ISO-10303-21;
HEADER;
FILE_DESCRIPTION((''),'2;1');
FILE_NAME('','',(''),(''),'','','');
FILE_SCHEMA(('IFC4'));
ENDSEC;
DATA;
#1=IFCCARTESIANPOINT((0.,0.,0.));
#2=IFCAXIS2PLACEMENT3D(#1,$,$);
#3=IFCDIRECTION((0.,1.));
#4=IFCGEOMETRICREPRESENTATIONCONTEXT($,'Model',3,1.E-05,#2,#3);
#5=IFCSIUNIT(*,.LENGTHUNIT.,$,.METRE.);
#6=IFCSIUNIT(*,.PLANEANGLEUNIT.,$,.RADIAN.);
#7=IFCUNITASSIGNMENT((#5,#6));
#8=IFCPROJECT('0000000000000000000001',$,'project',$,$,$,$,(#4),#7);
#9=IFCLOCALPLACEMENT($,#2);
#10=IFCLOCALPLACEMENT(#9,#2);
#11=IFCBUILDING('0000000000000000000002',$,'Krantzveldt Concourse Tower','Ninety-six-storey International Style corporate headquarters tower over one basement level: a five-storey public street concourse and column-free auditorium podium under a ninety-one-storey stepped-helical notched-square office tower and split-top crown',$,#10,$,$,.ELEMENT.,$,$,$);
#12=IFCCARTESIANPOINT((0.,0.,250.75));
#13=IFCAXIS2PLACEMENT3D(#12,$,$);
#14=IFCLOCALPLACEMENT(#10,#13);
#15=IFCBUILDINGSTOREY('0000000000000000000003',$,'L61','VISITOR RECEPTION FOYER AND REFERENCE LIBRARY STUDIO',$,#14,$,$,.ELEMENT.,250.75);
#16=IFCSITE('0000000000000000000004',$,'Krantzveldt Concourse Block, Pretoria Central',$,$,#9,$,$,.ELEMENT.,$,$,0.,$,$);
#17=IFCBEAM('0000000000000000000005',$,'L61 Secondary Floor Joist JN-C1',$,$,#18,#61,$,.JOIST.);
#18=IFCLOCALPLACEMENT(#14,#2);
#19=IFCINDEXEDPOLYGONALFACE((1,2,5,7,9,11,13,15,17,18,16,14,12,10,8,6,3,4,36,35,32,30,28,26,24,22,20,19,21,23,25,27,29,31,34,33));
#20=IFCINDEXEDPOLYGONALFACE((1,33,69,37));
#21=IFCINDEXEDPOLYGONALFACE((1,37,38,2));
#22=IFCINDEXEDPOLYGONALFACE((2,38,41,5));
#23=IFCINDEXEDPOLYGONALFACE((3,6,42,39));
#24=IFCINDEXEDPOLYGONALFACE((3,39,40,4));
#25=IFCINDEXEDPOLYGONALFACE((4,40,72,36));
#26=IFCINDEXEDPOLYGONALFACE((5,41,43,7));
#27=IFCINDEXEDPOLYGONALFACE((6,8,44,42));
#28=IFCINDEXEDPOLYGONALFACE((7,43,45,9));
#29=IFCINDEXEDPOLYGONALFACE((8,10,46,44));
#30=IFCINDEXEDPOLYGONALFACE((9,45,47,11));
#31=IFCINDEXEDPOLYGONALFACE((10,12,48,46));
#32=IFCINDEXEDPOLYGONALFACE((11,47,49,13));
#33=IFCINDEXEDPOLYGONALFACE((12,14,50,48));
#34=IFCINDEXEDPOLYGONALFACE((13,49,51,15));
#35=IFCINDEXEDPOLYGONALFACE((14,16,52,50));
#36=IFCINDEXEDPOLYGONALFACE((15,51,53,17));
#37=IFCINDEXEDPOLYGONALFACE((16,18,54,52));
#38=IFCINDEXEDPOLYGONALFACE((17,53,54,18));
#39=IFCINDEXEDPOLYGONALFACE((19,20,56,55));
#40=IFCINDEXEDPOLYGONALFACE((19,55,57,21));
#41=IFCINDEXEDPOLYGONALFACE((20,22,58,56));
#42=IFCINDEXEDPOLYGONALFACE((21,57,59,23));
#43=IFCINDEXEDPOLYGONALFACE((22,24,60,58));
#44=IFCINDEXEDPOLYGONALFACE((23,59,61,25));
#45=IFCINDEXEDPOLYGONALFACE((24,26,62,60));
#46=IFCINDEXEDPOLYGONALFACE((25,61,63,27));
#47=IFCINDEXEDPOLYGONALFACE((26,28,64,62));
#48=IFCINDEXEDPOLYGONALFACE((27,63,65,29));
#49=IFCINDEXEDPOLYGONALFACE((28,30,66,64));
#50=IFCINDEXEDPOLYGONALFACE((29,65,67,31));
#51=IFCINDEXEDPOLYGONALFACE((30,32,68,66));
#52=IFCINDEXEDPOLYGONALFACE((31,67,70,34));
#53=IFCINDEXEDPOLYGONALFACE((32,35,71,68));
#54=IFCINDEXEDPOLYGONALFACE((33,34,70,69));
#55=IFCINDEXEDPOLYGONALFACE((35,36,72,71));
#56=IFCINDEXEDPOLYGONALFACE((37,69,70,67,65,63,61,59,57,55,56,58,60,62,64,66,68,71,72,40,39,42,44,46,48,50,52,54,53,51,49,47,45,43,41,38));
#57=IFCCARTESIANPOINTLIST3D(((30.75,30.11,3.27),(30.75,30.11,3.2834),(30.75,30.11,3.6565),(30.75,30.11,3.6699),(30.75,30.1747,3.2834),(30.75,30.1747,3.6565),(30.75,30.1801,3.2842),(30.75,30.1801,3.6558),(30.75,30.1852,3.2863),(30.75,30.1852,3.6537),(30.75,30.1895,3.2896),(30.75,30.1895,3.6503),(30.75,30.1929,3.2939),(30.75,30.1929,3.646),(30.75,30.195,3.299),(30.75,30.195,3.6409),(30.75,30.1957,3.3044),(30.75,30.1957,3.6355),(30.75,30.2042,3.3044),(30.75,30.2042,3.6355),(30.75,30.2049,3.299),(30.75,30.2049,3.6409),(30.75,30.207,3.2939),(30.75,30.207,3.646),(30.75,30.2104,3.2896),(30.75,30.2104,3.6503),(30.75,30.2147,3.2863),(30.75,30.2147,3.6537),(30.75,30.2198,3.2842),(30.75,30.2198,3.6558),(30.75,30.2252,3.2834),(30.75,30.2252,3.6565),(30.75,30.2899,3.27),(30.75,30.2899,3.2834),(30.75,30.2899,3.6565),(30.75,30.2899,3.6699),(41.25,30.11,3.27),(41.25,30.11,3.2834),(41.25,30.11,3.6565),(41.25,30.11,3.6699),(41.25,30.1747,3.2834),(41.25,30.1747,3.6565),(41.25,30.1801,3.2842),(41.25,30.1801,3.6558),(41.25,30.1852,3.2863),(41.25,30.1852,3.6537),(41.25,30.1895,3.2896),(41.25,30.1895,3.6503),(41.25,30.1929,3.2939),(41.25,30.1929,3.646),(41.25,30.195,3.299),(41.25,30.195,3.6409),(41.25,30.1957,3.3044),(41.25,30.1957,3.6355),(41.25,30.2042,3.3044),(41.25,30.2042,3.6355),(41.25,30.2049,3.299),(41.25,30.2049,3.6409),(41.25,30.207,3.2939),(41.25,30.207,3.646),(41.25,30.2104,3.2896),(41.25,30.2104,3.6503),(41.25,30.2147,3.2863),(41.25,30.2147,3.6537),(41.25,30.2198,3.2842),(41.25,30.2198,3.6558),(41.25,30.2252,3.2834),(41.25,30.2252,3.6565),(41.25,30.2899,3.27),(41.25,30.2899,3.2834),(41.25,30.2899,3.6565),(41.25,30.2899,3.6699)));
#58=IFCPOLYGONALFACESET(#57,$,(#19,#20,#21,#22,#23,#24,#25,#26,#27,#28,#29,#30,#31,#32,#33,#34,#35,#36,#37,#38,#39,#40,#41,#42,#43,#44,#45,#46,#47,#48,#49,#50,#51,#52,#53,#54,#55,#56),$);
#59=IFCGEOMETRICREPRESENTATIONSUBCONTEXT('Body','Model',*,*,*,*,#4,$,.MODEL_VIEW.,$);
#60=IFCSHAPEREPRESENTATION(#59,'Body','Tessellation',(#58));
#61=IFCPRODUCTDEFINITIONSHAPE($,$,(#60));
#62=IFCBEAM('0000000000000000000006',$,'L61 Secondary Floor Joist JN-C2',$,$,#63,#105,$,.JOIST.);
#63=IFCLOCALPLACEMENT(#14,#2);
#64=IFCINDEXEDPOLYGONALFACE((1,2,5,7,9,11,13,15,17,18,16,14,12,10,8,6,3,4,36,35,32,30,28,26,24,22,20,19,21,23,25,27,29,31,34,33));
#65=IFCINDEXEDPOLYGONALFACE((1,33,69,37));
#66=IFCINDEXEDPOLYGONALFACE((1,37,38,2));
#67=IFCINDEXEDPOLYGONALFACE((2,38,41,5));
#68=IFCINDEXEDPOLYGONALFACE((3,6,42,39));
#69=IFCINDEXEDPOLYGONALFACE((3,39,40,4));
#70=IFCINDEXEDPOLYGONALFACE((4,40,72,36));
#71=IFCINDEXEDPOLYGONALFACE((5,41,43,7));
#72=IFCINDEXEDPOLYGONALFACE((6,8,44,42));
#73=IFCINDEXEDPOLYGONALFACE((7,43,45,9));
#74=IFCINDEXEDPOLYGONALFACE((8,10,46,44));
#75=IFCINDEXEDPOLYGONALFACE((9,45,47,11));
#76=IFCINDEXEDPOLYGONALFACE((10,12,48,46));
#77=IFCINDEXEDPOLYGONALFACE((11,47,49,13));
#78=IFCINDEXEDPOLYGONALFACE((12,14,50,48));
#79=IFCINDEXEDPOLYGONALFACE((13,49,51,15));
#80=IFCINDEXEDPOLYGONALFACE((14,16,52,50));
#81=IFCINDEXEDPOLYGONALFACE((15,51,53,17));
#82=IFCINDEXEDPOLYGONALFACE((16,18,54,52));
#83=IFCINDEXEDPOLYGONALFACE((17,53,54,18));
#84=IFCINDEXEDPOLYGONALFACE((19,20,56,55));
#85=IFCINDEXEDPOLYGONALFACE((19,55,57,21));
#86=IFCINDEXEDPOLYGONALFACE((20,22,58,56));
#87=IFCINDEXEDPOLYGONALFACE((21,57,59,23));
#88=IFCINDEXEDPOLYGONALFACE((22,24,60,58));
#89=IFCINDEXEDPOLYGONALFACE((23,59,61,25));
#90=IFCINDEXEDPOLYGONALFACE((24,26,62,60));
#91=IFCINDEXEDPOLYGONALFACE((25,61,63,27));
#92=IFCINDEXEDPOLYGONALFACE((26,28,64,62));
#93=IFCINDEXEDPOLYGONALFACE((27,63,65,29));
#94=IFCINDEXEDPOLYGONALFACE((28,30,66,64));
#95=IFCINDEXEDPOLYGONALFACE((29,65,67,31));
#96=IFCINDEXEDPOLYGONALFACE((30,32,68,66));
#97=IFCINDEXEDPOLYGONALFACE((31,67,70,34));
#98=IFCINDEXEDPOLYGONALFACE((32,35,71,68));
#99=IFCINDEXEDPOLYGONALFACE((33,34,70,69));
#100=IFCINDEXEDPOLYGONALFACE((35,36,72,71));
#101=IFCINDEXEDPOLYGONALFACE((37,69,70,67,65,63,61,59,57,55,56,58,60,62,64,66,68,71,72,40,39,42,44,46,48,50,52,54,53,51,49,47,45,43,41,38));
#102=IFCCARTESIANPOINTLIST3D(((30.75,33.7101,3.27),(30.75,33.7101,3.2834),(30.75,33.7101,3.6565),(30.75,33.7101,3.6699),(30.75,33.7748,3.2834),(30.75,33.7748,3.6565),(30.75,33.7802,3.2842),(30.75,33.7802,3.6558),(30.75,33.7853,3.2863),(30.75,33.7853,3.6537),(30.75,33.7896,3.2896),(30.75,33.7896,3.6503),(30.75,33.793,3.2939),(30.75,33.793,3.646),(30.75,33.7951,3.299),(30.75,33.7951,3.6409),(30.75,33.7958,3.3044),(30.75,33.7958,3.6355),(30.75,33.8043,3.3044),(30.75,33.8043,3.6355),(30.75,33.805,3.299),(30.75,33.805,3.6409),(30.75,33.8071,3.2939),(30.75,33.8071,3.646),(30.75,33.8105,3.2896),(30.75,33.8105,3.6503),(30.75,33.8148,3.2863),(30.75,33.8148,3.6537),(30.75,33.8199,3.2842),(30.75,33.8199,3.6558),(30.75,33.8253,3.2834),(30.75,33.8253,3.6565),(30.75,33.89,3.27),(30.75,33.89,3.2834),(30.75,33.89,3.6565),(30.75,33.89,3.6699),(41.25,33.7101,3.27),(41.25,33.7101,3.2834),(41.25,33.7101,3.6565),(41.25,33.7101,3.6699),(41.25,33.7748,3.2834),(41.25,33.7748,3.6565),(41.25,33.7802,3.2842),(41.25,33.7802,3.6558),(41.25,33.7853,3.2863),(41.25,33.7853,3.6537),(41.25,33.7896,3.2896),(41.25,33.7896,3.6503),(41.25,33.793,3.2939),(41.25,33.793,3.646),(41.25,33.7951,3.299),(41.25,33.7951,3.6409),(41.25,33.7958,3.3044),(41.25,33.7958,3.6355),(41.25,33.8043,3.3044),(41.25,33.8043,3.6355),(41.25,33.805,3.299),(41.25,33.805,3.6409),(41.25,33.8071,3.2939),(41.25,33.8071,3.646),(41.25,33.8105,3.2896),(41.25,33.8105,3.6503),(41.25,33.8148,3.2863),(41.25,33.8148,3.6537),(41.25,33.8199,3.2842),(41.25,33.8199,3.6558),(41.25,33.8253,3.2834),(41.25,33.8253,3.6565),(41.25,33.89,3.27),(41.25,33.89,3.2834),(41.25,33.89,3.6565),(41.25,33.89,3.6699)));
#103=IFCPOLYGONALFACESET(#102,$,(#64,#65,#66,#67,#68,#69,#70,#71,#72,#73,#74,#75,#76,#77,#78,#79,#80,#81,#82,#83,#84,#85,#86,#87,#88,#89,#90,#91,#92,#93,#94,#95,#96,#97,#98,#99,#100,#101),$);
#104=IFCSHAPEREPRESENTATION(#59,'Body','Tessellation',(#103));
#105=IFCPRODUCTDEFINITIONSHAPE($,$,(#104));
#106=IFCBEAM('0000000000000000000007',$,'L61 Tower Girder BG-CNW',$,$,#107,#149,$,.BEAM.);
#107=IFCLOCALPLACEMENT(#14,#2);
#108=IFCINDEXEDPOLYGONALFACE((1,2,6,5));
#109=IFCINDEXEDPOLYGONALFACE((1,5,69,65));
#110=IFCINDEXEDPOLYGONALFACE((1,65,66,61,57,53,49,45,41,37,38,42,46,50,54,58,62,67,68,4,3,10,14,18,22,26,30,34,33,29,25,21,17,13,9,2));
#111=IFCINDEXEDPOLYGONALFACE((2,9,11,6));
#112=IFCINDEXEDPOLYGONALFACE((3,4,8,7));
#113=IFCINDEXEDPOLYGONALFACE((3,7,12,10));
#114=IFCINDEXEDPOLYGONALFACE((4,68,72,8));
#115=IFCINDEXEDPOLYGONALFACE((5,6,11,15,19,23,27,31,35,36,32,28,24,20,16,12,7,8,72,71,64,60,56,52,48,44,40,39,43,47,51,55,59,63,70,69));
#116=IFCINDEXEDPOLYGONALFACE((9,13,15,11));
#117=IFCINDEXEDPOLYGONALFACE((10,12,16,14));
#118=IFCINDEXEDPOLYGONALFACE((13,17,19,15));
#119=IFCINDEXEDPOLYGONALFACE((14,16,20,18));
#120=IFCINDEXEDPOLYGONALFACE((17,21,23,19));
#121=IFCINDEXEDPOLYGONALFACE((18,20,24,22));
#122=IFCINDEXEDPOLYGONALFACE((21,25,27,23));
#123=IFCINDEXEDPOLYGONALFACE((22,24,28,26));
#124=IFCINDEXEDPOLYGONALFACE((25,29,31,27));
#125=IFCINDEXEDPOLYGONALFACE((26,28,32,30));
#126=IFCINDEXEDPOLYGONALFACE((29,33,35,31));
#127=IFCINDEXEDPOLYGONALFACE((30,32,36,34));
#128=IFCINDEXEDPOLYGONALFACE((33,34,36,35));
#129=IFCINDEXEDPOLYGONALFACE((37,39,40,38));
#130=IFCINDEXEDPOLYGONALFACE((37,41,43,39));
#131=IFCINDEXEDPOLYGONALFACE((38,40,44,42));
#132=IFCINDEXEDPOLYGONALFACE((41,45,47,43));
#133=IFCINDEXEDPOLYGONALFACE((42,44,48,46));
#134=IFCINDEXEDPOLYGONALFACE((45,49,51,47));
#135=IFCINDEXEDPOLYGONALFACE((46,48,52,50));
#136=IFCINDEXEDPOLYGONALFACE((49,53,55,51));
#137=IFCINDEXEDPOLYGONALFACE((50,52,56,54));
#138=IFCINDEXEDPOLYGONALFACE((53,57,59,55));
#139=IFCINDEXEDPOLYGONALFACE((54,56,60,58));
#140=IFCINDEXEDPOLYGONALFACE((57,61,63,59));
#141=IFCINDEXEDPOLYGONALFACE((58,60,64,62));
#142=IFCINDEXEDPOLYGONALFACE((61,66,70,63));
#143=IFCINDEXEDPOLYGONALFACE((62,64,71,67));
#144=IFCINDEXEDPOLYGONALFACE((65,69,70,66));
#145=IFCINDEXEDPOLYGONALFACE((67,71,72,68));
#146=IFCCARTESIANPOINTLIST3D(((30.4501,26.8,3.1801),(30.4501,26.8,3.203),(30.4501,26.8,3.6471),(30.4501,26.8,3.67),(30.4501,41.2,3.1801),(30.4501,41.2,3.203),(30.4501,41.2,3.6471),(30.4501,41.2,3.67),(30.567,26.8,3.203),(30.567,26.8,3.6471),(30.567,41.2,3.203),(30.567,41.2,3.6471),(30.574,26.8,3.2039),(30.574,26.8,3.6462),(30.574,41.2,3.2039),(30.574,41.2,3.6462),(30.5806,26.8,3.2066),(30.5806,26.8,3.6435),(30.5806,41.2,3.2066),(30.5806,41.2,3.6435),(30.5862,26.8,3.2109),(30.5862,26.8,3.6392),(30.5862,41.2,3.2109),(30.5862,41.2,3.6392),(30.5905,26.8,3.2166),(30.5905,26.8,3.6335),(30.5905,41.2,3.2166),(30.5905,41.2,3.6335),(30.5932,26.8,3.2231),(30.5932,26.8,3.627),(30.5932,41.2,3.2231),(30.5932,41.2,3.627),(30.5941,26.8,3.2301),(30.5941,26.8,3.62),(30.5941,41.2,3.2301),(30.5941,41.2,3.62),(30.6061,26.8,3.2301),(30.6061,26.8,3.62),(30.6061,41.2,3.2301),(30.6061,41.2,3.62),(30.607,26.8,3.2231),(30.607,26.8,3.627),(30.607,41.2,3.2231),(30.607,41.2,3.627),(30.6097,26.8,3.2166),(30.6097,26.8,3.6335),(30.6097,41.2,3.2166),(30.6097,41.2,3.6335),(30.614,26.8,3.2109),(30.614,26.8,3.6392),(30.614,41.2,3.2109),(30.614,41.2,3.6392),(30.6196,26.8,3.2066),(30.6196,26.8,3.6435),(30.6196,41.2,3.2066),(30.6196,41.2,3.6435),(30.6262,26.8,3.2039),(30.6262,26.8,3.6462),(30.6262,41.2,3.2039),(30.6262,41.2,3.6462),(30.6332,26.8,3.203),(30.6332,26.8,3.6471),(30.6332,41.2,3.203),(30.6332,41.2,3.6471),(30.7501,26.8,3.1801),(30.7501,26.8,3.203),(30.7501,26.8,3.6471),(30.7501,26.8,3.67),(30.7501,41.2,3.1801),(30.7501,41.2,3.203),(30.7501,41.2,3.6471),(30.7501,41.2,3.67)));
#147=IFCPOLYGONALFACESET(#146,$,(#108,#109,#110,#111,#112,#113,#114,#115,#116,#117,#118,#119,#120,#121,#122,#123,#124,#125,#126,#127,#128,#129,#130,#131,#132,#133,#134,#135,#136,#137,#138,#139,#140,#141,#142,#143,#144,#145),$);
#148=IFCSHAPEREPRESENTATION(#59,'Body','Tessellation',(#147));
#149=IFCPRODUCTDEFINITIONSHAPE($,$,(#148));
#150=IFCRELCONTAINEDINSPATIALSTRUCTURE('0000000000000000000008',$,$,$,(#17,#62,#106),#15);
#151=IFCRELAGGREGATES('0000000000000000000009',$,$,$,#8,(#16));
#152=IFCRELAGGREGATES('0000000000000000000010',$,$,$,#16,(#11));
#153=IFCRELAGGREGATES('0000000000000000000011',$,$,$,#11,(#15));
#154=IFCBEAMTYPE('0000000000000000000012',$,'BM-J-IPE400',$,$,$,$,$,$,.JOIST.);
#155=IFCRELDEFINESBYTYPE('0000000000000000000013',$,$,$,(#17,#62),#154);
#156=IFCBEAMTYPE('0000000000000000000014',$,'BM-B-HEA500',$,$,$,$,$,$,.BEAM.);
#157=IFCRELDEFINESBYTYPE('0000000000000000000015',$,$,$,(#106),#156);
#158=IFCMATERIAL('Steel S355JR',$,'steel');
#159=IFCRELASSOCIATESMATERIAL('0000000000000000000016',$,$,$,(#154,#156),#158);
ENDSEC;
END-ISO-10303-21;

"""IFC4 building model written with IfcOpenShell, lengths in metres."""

from ifc_helpers import new_model, si_unit, direction, frame, origin, origin_2d, place, context, subcontext, project, spatial, i_section, extrude, source, transform, mapped, material, material_profile, profile_set, type_object, type_shapes, element, save


model = new_model("IFC4")

# Units and contexts
model_context = context("Model", 3, precision=1e-05, world=origin(), true_north=direction((0.0, 1.0)))
body_context = subcontext(model_context, "Body", "Model", "MODEL_VIEW")
ifc_project = project(units=[si_unit("LENGTHUNIT", "METRE"), si_unit("PLANEANGLEUNIT", "RADIAN")], contexts=[model_context])

# Site, building, storey
site_placement = place(None, origin())
site = spatial("IfcSite", under=ifc_project, at=site_placement, Name="Krantzveldt Concourse Block, Pretoria Central", CompositionType="ELEMENT", RefElevation=0.0)
building_placement = place(site_placement, origin())
building = spatial("IfcBuilding", under=site, at=building_placement, Name="Krantzveldt Concourse Tower", Description="Ninety-six-storey International Style corporate headquarters tower over one basement level: a five-storey public street concourse and column-free auditorium podium under a ninety-one-storey stepped-helical notched-square office tower and split-top crown", CompositionType="ELEMENT")
storey_placement = place(building_placement, frame((0.0, 0.0, 250.75)))
storey = spatial("IfcBuildingStorey", under=building, at=storey_placement, Name="L61", Description="VISITOR RECEPTION FOYER AND REFERENCE LIBRARY STUDIO", CompositionType="ELEMENT", Elevation=250.75)

# Beams
ifc_material_1 = material(Name="Steel S355JR", Category="steel")
ifc_material_profile_1 = material_profile(ifc_material_1, i_section(OverallWidth=0.1799, OverallDepth=0.3999, WebThickness=0.0085, FlangeThickness=0.0134, FilletRadius=0.021, at=origin_2d()), Name="Steel S355JR", Category="steel")
ifc_profile_set_1 = profile_set([ifc_material_profile_1], Name="Steel S355JR - IPE 400")
beam_type_1 = type_object("IfcBeamType", Name="BM-J-IPE400", PredefinedType="JOIST", material=ifc_profile_set_1)
shared_shape_1 = source(origin(), body_context, "Body", "SweptSolid", [
    extrude(i_section(OverallWidth=0.1799, OverallDepth=0.3999, WebThickness=0.0085, FlangeThickness=0.0134, FilletRadius=0.021, at=origin_2d()), origin(), (0.0, 0.0, 1.0), 10.5),
])
type_shapes(beam_type_1, [shared_shape_1])
for number, where, z_axis, x_axis, name in (
    (1, (30.75, 30.2, 3.47), (1.0, 0.0, 0.0), (0.0, 1.0, 0.0), "L61 Secondary Floor Joist JN-C1"),
    (2, (30.75, 33.8, 3.47), (1.0, 0.0, 0.0), (0.0, 1.0, 0.0), "L61 Secondary Floor Joist JN-C2"),
):
    element("IfcBeam", number, at=place(storey_placement, frame(where, z_axis=z_axis, x_axis=x_axis)), inside=storey, type_object=beam_type_1, Name=name, PredefinedType="JOIST", context=body_context, shape_type="MappedRepresentation", body=[
        mapped(shared_shape_1, transform((0.0, 0.0, 0.0), x_axis=(1.0, 0.0, 0.0), y_axis=(0.0, 1.0, 0.0), z_axis=(0.0, 0.0, 1.0), scale=1.0)),
    ])
ifc_material_profile_2 = material_profile(ifc_material_1, i_section(OverallWidth=0.3, OverallDepth=0.49, WebThickness=0.012, FlangeThickness=0.0229, FilletRadius=0.0271, at=origin_2d()), Name="Steel S355JR", Category="steel")
ifc_profile_set_2 = profile_set([ifc_material_profile_2], Name="Steel S355JR - HEA 500")
beam_type_2 = type_object("IfcBeamType", Name="BM-B-HEA500", PredefinedType="BEAM", material=ifc_profile_set_2)
shared_shape_2 = source(origin(), body_context, "Body", "SweptSolid", [
    extrude(i_section(OverallWidth=0.3, OverallDepth=0.49, WebThickness=0.012, FlangeThickness=0.0229, FilletRadius=0.0271, at=origin_2d()), origin(), (0.0, 0.0, 1.0), 14.3999),
])
type_shapes(beam_type_2, [shared_shape_2])
beam_1_placement = place(storey_placement, frame((30.6001, 26.8, 3.425), z_axis=(0.0, 1.0, 0.0), x_axis=(-1.0, 0.0, 0.0)))
element("IfcBeam", 3, at=beam_1_placement, inside=storey, type_object=beam_type_2, Name="L61 Tower Girder BG-CNW", PredefinedType="BEAM", context=body_context, shape_type="MappedRepresentation", body=[
    mapped(shared_shape_2, transform((0.0, 0.0, 0.0), x_axis=(1.0, 0.0, 0.0), y_axis=(0.0, 1.0, 0.0), z_axis=(0.0, 0.0, 1.0), scale=1.0)),
])

save(model, "model.ifc")
